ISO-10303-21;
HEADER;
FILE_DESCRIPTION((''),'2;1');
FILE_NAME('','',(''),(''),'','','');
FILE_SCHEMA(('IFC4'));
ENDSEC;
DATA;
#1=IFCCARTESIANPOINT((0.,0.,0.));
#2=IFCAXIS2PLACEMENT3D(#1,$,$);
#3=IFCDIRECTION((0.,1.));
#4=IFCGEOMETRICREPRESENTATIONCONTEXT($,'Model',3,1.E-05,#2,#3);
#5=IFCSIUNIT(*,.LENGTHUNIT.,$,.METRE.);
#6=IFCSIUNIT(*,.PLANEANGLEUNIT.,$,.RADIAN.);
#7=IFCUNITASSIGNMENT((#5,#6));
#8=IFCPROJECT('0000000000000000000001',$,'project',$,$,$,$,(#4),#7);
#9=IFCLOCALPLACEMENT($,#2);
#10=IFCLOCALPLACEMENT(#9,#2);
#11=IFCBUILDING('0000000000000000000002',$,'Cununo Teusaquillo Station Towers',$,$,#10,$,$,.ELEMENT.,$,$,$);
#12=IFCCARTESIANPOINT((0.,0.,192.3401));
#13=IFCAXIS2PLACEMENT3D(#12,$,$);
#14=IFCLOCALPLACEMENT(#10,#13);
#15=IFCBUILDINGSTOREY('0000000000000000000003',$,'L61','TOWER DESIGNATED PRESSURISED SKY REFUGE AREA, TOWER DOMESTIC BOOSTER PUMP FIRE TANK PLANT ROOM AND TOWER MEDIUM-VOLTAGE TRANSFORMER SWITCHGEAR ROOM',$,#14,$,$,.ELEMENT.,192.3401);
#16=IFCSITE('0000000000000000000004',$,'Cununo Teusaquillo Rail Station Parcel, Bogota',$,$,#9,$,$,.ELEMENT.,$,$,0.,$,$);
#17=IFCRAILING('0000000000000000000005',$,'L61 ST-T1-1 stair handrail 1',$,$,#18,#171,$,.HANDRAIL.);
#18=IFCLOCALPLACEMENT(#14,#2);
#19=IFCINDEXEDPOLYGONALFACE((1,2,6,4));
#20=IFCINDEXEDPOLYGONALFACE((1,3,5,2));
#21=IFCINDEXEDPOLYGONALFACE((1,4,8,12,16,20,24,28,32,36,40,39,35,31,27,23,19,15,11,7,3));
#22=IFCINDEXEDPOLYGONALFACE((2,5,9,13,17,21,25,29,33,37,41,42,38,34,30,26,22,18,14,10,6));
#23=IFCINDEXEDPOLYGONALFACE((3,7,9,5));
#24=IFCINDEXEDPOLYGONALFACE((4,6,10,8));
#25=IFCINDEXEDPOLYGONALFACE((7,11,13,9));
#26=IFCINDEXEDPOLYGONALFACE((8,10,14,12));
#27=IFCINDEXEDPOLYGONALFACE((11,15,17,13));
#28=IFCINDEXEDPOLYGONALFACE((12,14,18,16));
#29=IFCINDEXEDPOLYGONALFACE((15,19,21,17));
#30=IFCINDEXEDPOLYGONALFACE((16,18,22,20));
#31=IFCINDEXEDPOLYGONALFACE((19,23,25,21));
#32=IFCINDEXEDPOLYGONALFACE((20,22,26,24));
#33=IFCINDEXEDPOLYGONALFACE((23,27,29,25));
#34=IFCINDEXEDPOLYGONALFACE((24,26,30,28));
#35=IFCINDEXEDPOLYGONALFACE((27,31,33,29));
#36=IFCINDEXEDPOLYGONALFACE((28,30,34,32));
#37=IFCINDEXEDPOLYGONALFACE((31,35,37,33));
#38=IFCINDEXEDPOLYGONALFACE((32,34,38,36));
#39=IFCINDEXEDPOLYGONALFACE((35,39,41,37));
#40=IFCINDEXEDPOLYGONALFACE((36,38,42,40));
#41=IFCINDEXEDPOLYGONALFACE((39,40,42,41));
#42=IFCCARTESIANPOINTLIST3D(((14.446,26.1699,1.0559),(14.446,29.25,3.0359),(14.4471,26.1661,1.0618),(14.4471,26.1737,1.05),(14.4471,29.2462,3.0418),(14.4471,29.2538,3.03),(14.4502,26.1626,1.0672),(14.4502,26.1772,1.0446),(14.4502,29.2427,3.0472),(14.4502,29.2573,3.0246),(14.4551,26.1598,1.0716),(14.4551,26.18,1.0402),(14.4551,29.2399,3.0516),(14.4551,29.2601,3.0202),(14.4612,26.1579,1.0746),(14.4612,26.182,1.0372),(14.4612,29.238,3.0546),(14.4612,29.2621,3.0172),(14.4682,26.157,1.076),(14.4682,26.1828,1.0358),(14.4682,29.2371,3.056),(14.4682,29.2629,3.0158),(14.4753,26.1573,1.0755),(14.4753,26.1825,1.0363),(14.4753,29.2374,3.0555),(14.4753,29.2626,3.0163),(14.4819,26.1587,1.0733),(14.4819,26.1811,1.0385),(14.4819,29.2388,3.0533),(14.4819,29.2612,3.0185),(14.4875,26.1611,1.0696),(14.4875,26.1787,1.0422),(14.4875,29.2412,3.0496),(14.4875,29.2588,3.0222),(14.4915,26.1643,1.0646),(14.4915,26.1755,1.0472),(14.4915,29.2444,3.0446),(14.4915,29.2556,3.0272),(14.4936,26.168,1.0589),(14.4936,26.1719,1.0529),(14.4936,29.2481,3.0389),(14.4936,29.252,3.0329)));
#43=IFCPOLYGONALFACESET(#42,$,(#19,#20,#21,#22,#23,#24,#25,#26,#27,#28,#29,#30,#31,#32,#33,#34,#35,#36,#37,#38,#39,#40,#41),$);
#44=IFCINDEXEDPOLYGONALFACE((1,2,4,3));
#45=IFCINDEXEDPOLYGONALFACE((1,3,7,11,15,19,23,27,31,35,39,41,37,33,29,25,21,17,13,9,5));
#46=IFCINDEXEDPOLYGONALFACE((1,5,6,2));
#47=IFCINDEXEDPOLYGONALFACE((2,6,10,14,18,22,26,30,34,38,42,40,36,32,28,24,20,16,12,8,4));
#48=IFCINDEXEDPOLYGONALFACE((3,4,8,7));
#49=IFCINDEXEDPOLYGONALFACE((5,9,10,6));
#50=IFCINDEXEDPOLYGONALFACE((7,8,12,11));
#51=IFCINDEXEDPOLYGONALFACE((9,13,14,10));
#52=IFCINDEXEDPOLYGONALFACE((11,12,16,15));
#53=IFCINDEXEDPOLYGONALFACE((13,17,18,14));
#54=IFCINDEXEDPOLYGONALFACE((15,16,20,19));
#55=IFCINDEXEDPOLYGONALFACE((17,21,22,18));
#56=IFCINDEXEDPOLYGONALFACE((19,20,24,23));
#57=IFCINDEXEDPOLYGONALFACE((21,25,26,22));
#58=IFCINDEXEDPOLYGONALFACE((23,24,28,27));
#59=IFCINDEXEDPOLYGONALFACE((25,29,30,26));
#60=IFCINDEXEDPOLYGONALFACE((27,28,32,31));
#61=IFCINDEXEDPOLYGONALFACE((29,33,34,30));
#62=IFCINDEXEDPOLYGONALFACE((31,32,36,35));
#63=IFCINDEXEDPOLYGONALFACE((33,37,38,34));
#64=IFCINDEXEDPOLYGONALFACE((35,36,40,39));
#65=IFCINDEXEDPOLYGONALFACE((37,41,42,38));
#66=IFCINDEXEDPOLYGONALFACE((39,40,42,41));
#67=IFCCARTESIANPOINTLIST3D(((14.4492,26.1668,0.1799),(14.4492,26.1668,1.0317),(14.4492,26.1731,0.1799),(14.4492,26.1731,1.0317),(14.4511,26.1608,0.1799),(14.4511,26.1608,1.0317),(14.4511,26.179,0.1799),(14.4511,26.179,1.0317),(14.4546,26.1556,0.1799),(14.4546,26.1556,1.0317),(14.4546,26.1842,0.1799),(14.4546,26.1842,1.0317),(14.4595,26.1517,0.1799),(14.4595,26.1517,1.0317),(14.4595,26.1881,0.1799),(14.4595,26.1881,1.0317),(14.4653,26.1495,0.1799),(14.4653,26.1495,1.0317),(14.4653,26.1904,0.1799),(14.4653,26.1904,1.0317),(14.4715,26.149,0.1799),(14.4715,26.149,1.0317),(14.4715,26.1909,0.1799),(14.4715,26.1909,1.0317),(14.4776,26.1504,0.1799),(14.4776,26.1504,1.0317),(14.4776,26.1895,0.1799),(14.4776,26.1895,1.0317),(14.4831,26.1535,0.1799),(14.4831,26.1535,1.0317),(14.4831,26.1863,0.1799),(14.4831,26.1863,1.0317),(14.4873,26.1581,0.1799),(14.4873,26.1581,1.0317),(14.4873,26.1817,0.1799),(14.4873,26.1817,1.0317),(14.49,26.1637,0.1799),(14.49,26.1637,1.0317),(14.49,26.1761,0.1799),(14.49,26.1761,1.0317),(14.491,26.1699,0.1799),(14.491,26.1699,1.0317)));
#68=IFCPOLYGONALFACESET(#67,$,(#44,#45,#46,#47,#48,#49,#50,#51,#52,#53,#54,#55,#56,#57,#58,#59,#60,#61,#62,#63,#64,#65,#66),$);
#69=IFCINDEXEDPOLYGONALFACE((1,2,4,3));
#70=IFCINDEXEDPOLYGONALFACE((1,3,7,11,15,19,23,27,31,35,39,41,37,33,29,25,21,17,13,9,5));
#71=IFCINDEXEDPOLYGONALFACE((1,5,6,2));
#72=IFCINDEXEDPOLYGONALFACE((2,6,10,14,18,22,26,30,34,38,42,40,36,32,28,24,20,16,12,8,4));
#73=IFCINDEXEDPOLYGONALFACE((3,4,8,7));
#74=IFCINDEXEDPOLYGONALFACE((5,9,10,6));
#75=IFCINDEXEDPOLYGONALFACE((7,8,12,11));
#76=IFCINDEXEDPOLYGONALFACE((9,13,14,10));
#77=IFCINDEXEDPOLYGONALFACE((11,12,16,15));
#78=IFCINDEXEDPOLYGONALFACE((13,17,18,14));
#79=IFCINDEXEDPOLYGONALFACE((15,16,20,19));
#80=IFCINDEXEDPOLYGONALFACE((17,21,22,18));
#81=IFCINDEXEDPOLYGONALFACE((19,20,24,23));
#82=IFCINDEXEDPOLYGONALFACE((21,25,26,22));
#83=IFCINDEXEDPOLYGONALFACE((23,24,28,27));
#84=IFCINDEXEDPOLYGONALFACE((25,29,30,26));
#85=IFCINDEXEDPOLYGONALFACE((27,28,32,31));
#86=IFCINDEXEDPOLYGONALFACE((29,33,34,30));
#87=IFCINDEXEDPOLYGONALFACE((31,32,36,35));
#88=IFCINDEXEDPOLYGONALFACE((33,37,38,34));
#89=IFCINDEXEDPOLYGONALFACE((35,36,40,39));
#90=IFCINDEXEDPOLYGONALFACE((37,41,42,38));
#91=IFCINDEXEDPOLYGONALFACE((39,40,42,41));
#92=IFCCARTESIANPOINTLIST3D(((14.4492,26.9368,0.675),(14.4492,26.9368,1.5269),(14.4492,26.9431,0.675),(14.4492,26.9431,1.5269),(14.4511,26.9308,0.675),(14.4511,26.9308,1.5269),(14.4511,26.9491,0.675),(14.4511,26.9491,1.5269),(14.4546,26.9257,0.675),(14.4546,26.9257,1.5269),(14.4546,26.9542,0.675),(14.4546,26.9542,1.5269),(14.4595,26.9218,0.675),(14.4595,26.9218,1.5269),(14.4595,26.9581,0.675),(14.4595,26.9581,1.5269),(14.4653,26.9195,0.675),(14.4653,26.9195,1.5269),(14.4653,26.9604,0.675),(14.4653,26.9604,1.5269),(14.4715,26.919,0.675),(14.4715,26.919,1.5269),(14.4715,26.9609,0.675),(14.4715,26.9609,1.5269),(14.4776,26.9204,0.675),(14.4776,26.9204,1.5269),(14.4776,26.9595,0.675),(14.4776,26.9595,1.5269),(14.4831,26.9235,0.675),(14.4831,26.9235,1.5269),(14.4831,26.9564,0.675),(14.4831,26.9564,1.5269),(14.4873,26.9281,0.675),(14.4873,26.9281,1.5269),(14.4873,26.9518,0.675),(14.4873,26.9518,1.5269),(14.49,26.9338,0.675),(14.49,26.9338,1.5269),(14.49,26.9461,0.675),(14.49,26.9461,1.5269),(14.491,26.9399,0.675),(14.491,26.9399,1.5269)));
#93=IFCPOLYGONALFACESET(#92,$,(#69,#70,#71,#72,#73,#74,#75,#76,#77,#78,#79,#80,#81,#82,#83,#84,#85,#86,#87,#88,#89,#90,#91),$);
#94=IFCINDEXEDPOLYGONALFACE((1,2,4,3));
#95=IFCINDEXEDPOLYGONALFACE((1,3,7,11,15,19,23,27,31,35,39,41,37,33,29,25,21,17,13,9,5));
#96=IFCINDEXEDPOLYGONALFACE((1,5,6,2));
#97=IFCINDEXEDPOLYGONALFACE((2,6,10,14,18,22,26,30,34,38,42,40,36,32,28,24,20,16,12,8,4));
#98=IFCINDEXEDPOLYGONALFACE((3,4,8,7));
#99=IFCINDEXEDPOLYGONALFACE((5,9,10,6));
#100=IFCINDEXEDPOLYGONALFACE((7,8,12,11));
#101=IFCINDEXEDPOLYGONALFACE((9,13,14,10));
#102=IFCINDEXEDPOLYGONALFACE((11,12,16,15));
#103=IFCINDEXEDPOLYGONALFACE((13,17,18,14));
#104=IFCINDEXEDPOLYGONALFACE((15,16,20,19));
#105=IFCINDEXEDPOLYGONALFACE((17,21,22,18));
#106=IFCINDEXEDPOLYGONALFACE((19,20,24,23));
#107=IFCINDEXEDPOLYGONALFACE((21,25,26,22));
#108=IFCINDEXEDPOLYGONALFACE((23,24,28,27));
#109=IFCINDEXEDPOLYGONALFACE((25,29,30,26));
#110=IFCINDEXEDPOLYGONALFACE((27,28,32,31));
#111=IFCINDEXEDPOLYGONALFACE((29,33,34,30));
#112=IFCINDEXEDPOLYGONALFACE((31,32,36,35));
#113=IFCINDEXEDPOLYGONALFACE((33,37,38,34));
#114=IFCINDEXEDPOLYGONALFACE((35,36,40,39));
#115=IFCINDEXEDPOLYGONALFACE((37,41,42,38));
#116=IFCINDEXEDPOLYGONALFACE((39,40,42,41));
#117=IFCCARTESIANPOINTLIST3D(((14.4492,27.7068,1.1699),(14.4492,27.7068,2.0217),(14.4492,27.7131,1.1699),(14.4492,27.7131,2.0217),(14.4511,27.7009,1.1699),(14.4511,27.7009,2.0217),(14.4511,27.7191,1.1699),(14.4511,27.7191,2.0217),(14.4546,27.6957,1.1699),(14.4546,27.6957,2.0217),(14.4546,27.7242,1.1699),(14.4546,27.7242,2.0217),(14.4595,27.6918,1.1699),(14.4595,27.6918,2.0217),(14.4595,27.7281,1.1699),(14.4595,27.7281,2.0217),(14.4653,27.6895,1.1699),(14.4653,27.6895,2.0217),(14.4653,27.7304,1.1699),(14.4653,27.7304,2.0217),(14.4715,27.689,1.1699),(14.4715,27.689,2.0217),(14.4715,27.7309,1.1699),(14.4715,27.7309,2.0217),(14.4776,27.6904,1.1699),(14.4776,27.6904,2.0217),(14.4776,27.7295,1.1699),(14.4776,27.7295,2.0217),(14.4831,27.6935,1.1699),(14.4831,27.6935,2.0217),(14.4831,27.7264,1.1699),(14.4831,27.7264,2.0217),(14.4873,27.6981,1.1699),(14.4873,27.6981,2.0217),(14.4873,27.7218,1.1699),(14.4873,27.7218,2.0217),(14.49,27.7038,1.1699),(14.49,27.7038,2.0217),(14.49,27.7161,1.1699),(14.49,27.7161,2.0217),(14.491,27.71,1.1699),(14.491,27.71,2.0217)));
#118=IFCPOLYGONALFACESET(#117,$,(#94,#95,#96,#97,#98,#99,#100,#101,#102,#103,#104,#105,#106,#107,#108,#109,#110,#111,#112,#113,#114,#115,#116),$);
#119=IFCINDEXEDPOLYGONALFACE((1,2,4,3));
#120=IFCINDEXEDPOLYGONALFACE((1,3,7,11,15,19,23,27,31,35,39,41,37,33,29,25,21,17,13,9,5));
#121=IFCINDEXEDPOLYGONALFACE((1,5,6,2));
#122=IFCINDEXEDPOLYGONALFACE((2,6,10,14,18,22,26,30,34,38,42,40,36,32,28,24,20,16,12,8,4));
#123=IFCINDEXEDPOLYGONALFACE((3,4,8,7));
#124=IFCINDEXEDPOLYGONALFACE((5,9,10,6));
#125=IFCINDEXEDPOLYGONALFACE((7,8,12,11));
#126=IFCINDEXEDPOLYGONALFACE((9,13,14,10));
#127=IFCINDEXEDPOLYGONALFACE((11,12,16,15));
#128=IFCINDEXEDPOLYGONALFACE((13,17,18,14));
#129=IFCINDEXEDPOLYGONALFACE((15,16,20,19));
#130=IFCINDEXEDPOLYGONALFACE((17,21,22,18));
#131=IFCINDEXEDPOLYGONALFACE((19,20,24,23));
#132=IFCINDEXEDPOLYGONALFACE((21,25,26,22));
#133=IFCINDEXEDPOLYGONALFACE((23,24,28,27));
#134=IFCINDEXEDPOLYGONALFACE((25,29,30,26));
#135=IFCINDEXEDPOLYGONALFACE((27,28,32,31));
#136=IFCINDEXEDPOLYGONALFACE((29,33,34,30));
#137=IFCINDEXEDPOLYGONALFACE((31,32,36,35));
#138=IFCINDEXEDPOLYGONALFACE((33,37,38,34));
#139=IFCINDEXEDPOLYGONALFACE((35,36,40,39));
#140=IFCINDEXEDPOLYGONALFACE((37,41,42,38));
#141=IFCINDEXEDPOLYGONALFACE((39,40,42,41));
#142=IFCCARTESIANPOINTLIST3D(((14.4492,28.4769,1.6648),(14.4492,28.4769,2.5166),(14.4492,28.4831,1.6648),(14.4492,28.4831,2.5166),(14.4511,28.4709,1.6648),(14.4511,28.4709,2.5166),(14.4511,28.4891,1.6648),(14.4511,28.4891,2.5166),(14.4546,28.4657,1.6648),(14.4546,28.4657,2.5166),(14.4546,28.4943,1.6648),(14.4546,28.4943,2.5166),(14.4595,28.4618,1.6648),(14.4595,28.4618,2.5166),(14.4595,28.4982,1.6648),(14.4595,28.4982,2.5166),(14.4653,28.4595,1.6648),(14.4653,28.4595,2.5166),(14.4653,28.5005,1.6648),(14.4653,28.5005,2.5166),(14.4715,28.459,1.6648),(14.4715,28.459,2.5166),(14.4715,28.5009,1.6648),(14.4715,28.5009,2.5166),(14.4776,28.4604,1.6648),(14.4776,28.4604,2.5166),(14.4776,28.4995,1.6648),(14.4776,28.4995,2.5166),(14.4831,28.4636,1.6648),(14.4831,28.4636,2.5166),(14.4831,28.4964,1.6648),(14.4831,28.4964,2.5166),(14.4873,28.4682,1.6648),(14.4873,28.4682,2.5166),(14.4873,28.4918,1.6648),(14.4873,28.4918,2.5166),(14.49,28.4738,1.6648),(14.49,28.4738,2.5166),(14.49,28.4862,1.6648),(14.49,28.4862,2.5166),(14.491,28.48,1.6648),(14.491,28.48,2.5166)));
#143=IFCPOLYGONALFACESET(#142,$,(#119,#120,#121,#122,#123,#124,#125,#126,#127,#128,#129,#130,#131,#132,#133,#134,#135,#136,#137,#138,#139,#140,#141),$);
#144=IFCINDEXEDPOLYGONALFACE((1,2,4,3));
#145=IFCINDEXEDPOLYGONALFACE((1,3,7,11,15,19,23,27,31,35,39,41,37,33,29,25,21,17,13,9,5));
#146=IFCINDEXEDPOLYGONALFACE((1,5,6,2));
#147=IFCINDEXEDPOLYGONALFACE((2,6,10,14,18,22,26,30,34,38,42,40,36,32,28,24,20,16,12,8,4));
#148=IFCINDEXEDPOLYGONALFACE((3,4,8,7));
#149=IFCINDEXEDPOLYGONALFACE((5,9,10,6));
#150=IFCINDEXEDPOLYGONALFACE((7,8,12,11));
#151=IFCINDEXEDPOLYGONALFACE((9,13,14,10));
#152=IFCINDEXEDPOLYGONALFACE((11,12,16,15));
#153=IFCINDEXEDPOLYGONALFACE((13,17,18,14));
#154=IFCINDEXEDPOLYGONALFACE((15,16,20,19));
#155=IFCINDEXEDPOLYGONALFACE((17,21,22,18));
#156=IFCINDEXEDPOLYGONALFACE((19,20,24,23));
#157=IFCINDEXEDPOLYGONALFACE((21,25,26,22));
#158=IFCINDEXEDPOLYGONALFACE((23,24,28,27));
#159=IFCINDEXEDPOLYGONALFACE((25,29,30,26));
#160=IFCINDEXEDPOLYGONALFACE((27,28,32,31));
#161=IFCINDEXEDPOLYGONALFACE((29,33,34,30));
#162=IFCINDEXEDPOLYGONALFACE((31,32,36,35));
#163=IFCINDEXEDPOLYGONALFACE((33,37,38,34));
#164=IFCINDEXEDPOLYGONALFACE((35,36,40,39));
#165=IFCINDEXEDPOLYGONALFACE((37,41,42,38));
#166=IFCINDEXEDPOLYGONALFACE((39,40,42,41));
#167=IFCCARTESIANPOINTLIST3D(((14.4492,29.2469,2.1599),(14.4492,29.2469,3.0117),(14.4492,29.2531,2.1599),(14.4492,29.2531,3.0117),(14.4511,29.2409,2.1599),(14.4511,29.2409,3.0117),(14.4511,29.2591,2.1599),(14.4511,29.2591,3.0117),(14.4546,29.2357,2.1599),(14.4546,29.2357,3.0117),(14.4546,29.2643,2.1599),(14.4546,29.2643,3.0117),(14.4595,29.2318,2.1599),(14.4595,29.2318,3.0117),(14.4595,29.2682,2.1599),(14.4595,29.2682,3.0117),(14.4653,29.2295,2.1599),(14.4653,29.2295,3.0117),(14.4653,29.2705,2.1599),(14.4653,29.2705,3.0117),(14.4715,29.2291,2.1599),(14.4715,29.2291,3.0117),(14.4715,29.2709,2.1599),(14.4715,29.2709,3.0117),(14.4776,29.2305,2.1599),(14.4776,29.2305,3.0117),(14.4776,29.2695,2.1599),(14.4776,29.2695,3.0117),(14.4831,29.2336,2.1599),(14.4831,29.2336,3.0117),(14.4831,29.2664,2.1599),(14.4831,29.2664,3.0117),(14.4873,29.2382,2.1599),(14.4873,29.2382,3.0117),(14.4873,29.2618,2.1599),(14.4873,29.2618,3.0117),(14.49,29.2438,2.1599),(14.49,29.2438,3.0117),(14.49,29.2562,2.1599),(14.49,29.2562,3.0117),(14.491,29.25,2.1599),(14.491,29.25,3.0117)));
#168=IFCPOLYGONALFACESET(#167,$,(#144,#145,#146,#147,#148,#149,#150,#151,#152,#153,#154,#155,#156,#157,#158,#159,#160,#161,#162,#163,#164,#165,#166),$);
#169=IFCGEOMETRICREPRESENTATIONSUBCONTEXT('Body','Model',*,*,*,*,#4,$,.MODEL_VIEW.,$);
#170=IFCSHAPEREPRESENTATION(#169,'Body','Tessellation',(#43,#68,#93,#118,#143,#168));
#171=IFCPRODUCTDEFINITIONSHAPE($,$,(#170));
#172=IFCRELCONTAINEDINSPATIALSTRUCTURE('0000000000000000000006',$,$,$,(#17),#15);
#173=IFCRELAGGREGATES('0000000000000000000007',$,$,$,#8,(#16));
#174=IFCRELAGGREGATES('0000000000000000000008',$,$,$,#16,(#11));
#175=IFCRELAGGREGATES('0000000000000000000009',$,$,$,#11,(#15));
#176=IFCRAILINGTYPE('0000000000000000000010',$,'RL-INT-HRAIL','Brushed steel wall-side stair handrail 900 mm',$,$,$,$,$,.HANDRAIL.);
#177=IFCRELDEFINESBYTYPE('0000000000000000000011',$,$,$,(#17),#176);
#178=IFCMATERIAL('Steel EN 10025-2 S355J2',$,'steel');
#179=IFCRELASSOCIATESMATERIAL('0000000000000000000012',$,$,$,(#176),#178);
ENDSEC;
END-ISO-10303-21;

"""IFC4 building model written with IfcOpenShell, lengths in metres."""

from ifc_helpers import new_model, si_unit, direction, frame, origin, origin_2d, place, context, subcontext, project, spatial, circle, extrude, material, type_object, element, save


model = new_model("IFC4")

# Units and contexts
model_context = context("Model", 3, precision=1e-05, world=origin(), true_north=direction((0.0, 1.0)))
body_context = subcontext(model_context, "Body", "Model", "MODEL_VIEW")
ifc_project = project(units=[si_unit("LENGTHUNIT", "METRE"), si_unit("PLANEANGLEUNIT", "RADIAN")], contexts=[model_context])

# Site, building, storey
site_placement = place(None, origin())
site = spatial("IfcSite", under=ifc_project, at=site_placement, Name="Cununo Teusaquillo Rail Station Parcel, Bogota", CompositionType="ELEMENT", RefElevation=0.0)
building_placement = place(site_placement, origin())
building = spatial("IfcBuilding", under=site, at=building_placement, Name="Cununo Teusaquillo Station Towers", CompositionType="ELEMENT")
storey_placement = place(building_placement, frame((0.0, 0.0, 192.3401)))
storey = spatial("IfcBuildingStorey", under=building, at=storey_placement, Name="L61", Description="TOWER DESIGNATED PRESSURISED SKY REFUGE AREA, TOWER DOMESTIC BOOSTER PUMP FIRE TANK PLANT ROOM AND TOWER MEDIUM-VOLTAGE TRANSFORMER SWITCHGEAR ROOM", CompositionType="ELEMENT", Elevation=192.3401)

# Railing
ifc_material_1 = material(Name="Steel EN 10025-2 S355J2", Category="steel")
railing_type_1 = type_object("IfcRailingType", Name="RL-INT-HRAIL", Description="Brushed steel wall-side stair handrail 900 mm", PredefinedType="HANDRAIL", material=ifc_material_1)
railing_1_placement = place(storey_placement, frame((14.47, 26.1699, 0.1799)))
element("IfcRailing", 1, at=railing_1_placement, inside=storey, type_object=railing_type_1, Name="L61 ST-T1-1 stair handrail 1", PredefinedType="HANDRAIL", context=body_context, shape_type="SweptSolid", body=[
    extrude(circle(Radius=0.0239, at=origin_2d()), frame((0.0, 0.0, 0.876), z_axis=(0.0, 0.841187, 0.540744), x_axis=(-1.0, 0.0, 0.0)), (0.0, 0.0, 1.0), 3.6616),
    extrude(circle(Radius=0.021, at=origin_2d()), origin(), (0.0, 0.0, 1.0), 0.8518),
    extrude(circle(Radius=0.021, at=origin_2d()), frame((0.0, 0.77, 0.4951)), (0.0, 0.0, 1.0), 0.8518),
    extrude(circle(Radius=0.021, at=origin_2d()), frame((0.0, 1.54, 0.99)), (0.0, 0.0, 1.0), 0.8518),
    extrude(circle(Radius=0.021, at=origin_2d()), frame((0.0, 2.3101, 1.4849)), (0.0, 0.0, 1.0), 0.8518),
    extrude(circle(Radius=0.021, at=origin_2d()), frame((0.0, 3.0801, 1.98)), (0.0, 0.0, 1.0), 0.8518),
])

save(model, "model.ifc")
